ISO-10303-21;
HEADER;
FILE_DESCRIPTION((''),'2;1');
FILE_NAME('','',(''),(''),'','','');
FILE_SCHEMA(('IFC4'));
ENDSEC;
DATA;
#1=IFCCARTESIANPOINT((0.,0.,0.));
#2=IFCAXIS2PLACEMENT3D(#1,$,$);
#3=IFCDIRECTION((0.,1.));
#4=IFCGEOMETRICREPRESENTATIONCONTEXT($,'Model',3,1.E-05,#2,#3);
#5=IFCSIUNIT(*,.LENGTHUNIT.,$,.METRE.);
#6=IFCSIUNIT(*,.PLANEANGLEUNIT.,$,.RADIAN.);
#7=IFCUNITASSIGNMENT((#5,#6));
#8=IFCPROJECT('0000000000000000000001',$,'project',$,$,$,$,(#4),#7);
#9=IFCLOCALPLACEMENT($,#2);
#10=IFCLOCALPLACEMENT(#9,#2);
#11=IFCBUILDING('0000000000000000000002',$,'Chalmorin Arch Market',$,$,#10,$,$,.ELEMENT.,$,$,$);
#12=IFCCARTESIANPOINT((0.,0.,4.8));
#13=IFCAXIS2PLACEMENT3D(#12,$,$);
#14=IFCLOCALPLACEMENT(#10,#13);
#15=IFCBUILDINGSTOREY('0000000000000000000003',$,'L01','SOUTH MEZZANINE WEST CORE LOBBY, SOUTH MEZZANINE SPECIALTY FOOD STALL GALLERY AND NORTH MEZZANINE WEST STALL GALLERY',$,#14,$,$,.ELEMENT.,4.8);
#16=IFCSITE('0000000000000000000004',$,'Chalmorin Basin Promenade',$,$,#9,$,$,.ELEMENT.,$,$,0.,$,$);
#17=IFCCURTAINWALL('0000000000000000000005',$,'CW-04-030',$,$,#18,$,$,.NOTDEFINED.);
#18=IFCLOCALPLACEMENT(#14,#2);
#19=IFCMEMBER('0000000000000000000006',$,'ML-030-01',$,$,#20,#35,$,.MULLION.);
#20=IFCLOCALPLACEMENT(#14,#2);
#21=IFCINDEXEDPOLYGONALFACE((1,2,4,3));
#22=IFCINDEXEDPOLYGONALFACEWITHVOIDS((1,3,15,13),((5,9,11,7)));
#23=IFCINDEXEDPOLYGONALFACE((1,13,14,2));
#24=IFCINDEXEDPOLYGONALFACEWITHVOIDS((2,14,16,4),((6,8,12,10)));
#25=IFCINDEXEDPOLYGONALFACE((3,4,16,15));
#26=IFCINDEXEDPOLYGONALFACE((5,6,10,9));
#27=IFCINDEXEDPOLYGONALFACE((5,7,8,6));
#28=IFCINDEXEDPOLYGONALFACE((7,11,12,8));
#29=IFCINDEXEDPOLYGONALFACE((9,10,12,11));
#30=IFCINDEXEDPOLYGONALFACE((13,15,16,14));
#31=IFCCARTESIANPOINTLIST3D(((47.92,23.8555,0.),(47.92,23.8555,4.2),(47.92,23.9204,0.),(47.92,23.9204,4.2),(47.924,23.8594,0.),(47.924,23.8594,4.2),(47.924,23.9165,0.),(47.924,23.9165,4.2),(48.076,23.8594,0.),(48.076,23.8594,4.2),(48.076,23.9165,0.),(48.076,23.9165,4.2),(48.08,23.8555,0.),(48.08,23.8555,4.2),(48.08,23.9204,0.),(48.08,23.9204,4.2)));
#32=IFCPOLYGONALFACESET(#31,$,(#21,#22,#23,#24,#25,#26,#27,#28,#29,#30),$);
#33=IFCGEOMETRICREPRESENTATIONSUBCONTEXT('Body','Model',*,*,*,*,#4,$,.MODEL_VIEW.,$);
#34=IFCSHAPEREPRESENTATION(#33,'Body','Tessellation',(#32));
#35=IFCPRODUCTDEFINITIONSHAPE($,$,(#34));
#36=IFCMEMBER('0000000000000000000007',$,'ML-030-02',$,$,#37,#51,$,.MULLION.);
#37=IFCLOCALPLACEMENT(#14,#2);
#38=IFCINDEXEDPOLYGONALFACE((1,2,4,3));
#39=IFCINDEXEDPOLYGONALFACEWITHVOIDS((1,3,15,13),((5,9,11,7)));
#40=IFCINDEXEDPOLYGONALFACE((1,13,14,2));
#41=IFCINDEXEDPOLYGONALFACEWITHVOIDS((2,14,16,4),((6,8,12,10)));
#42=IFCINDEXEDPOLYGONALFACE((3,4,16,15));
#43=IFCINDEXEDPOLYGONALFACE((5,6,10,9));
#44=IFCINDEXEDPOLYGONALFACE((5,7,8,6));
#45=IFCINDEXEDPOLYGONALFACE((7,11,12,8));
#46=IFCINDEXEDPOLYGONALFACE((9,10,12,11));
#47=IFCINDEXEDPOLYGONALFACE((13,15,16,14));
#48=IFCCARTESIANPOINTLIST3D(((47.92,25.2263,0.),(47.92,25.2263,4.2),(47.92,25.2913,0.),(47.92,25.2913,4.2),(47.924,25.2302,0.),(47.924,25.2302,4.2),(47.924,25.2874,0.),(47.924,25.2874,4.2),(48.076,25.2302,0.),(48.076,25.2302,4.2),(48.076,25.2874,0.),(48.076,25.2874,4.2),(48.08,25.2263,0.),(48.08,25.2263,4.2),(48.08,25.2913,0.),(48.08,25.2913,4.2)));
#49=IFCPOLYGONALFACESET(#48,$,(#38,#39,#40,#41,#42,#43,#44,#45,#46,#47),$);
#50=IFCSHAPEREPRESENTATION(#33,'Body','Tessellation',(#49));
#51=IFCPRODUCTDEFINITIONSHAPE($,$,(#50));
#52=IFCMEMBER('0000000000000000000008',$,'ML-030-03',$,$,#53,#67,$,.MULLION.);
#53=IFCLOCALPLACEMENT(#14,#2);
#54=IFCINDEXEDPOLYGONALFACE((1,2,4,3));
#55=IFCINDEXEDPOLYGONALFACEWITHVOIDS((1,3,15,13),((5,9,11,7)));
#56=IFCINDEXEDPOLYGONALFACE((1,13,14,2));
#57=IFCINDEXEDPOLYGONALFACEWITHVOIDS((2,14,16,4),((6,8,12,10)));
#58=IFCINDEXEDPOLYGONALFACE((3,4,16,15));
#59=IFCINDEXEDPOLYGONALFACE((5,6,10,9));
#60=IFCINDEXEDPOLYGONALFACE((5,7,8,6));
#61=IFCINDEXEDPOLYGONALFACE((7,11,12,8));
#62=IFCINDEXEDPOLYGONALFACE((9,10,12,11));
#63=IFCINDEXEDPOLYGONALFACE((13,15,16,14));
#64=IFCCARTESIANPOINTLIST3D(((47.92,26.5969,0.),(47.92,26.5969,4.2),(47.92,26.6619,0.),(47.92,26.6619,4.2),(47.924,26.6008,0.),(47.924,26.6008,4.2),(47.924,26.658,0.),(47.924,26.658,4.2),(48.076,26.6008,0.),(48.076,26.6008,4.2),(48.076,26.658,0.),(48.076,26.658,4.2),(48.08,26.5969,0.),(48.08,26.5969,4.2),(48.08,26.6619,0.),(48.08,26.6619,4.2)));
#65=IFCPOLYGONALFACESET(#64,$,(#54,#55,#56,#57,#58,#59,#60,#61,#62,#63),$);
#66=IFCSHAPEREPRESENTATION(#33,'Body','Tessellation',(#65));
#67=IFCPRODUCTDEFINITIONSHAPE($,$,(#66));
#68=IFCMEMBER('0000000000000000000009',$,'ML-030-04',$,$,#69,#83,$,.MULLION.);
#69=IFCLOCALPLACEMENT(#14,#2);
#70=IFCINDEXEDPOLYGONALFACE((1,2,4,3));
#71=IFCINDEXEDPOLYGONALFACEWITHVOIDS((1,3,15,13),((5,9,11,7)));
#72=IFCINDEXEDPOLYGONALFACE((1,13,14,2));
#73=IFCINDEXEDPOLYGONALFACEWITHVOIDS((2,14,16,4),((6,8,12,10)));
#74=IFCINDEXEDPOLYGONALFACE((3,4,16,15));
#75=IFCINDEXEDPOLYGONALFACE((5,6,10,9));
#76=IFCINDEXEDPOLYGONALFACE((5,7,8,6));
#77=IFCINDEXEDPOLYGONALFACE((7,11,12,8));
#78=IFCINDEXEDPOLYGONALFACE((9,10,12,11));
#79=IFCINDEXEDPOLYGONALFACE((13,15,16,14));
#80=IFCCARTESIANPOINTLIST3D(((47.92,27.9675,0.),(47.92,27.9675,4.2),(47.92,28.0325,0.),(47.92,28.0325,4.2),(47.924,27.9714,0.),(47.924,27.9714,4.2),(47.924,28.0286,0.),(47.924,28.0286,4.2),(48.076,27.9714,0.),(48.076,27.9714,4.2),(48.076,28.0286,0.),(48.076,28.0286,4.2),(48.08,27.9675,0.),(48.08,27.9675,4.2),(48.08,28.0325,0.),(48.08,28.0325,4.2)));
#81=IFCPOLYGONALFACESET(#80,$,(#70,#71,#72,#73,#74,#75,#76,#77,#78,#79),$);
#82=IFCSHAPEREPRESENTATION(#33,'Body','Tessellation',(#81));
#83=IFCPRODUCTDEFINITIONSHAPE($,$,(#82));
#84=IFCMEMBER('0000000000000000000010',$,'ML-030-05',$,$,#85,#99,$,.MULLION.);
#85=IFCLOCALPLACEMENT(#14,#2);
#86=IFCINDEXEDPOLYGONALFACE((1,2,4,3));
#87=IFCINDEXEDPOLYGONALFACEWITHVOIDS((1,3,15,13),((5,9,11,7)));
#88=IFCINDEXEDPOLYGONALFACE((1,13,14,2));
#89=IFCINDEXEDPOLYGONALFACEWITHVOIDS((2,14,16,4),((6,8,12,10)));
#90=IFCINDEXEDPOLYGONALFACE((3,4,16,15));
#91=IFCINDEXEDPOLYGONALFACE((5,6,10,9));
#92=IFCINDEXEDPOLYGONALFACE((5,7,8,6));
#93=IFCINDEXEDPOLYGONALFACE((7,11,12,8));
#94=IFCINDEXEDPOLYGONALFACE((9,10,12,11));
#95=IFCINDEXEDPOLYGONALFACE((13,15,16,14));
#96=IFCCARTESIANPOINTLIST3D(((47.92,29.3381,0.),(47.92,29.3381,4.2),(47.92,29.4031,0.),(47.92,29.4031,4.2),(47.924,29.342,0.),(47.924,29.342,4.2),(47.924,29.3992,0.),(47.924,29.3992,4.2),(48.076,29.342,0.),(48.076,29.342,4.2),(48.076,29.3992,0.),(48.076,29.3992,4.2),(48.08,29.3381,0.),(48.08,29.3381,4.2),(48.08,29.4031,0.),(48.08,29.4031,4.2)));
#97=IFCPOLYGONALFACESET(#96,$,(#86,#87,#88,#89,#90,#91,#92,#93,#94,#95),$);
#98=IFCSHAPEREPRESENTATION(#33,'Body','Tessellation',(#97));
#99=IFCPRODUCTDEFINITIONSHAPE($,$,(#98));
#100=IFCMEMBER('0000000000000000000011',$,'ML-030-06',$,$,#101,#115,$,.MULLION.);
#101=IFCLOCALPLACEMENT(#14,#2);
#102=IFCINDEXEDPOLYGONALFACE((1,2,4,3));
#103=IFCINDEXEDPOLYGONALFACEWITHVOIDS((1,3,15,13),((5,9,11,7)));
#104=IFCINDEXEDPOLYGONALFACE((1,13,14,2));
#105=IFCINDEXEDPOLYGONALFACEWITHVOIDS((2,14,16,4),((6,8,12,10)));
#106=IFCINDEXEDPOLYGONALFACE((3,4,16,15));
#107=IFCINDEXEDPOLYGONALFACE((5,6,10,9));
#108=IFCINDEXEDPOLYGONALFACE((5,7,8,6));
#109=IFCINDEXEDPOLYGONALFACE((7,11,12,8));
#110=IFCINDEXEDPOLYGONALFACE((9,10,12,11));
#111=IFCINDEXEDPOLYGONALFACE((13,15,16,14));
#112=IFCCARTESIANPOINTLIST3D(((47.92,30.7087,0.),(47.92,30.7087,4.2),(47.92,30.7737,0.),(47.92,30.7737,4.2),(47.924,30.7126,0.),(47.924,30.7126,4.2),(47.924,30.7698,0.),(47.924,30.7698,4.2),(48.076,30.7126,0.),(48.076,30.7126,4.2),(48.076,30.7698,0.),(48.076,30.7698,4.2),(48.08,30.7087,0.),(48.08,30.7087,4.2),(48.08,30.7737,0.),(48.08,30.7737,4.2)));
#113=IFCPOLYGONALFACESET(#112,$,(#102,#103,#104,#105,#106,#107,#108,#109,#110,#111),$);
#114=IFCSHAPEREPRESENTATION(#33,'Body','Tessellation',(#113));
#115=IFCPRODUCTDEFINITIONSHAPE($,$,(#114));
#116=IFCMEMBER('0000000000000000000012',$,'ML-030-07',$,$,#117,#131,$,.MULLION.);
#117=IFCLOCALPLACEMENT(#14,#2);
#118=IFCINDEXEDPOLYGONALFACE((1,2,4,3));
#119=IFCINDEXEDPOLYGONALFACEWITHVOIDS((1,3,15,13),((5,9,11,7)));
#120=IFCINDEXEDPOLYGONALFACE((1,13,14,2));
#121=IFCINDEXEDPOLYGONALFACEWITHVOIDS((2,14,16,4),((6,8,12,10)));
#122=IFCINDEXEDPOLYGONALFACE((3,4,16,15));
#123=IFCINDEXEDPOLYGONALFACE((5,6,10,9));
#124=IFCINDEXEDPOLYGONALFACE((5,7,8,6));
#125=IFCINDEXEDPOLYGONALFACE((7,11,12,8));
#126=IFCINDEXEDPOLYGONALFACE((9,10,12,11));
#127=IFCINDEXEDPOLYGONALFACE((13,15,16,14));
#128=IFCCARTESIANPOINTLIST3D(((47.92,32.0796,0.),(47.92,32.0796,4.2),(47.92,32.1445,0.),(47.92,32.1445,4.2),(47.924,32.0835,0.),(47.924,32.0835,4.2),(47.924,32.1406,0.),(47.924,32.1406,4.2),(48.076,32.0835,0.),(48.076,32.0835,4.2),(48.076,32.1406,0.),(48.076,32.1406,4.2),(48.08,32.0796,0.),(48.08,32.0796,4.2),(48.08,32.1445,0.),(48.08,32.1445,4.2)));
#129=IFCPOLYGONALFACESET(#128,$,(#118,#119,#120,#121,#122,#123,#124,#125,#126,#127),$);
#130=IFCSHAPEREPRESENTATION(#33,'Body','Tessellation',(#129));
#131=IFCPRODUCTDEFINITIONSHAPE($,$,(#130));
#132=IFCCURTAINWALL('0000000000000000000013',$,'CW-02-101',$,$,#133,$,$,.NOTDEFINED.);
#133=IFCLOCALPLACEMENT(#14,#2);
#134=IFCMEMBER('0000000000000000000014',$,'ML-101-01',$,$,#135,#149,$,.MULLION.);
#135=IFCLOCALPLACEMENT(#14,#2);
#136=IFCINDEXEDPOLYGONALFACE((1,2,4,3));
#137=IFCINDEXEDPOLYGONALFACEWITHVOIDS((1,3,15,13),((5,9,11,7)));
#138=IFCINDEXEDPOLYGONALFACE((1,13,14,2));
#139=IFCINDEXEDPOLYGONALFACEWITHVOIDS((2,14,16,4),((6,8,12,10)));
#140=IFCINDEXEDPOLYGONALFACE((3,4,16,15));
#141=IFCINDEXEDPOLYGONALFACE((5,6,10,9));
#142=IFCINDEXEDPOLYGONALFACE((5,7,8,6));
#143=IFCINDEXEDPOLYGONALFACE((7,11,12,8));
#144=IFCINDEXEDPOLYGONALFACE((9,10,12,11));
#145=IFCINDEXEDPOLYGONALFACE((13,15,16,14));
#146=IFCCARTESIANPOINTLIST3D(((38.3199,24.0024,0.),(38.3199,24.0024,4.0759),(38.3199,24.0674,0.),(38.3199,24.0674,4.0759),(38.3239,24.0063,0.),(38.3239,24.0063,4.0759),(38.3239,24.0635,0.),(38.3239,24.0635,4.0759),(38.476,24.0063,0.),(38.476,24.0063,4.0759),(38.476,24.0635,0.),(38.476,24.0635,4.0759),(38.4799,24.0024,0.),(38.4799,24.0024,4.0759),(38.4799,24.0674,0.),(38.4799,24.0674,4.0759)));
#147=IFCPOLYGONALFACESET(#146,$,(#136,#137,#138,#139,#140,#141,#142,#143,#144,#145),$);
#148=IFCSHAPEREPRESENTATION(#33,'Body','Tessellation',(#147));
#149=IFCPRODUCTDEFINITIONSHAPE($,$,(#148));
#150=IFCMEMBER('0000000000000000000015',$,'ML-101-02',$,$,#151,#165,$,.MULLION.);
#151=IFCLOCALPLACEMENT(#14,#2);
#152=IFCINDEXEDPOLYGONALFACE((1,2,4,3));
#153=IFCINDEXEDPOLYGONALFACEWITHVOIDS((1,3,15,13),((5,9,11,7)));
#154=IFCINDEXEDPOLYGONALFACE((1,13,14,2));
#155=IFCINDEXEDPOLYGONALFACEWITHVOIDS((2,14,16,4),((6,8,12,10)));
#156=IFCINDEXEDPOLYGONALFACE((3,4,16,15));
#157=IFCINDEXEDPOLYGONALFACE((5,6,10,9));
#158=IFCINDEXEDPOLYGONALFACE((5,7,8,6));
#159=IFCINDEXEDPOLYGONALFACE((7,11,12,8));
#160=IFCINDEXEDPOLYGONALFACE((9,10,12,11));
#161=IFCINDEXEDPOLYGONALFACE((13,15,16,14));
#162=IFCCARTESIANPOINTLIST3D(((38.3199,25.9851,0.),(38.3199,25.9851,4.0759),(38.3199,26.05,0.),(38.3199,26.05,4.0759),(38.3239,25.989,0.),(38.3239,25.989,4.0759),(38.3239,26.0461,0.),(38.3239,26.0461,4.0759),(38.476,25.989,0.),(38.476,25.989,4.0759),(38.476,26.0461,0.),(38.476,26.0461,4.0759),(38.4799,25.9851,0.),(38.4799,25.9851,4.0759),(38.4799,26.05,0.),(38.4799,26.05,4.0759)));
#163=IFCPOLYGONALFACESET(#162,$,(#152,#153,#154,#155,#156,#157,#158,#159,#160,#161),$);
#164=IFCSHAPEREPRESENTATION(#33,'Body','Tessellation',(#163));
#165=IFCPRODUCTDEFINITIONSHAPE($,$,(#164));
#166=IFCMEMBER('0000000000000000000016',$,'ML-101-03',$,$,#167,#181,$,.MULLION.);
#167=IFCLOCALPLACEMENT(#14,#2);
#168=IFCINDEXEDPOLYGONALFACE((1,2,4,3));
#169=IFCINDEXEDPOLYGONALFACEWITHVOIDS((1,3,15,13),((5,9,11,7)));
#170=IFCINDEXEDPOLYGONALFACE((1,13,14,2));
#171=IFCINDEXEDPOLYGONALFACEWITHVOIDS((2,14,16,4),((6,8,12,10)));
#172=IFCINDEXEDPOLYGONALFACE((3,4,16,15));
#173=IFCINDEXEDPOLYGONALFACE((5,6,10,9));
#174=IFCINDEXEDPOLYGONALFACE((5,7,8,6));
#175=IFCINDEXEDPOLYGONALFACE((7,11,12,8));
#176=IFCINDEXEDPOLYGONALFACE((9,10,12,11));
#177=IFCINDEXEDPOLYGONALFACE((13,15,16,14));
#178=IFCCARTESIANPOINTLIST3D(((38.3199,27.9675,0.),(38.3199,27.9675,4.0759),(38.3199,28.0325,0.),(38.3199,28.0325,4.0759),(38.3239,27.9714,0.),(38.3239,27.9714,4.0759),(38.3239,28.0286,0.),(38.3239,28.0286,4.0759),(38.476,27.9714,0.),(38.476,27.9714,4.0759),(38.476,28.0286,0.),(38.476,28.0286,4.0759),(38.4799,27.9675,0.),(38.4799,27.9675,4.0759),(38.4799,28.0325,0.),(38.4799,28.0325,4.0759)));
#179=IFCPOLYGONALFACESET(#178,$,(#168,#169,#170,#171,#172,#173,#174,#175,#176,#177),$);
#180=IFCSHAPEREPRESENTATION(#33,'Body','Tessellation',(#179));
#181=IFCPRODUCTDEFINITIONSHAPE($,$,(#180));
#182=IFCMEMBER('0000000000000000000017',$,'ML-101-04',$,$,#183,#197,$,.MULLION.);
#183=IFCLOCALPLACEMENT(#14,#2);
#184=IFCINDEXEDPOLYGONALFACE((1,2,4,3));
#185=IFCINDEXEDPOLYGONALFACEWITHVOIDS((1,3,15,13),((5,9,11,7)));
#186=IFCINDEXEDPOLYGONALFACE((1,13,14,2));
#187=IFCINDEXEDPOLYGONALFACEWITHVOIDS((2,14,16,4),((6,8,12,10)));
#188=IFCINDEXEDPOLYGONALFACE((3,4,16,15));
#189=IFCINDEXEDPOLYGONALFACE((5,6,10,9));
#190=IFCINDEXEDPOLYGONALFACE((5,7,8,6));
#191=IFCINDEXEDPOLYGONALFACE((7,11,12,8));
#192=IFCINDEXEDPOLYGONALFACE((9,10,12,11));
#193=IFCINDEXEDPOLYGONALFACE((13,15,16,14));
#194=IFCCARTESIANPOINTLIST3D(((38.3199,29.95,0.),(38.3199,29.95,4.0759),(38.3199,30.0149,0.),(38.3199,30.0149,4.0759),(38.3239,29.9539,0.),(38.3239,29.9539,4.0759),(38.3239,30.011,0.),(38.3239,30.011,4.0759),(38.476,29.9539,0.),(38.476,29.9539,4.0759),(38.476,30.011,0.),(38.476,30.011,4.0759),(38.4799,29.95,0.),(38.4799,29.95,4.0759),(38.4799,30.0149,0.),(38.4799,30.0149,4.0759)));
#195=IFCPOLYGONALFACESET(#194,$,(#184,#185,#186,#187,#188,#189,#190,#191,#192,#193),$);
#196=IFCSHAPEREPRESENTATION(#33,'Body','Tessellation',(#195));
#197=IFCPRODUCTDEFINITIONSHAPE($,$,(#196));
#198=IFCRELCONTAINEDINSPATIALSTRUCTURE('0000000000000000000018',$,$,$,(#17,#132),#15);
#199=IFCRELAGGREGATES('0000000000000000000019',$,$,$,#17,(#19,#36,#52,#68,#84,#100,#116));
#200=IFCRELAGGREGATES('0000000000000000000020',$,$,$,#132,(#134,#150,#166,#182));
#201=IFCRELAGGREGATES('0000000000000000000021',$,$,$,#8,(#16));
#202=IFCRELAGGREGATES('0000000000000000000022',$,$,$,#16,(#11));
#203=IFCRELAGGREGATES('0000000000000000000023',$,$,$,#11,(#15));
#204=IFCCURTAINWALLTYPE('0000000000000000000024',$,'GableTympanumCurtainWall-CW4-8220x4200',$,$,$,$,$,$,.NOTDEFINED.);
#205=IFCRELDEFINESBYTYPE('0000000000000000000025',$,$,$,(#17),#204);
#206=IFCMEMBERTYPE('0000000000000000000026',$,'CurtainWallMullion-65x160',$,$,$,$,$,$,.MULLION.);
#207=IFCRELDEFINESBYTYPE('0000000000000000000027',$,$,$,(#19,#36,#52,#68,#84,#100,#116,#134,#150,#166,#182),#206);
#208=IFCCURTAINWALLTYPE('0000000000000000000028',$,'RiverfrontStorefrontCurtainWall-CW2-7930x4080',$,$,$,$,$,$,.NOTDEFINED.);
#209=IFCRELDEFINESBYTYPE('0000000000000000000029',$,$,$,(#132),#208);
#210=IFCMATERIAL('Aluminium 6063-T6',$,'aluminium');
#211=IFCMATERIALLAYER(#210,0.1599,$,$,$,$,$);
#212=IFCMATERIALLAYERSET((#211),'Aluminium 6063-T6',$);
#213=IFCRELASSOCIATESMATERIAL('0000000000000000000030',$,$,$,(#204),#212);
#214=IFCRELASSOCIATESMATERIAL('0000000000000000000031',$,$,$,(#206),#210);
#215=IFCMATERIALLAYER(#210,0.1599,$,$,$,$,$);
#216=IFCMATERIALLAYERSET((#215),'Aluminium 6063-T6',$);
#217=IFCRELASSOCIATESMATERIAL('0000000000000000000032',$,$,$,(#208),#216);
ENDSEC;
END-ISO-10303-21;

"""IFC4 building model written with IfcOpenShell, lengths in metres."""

from ifc_helpers import new_model, si_unit, direction, frame, origin, origin_2d, place, context, subcontext, project, spatial, hollow_rectangle, extrude, material, layer, layer_set, material_profile, profile_set, type_object, element, aggregate, save


model = new_model("IFC4")

# Units and contexts
model_context = context("Model", 3, precision=1e-05, world=origin(), true_north=direction((0.0, 1.0)))
body_context = subcontext(model_context, "Body", "Model", "MODEL_VIEW")
ifc_project = project(units=[si_unit("LENGTHUNIT", "METRE"), si_unit("PLANEANGLEUNIT", "RADIAN")], contexts=[model_context])

# Site, building, storey
site_placement = place(None, origin())
site = spatial("IfcSite", under=ifc_project, at=site_placement, Name="Chalmorin Basin Promenade", CompositionType="ELEMENT", RefElevation=0.0)
building_placement = place(site_placement, origin())
building = spatial("IfcBuilding", under=site, at=building_placement, Name="Chalmorin Arch Market", CompositionType="ELEMENT")
storey_placement = place(building_placement, frame((0.0, 0.0, 4.8)))
storey = spatial("IfcBuildingStorey", under=building, at=storey_placement, Name="L01", Description="SOUTH MEZZANINE WEST CORE LOBBY, SOUTH MEZZANINE SPECIALTY FOOD STALL GALLERY AND NORTH MEZZANINE WEST STALL GALLERY", CompositionType="ELEMENT", Elevation=4.8)

# Curtain walls, members
ifc_material_1 = material(Name="Aluminium 6063-T6", Category="aluminium")
ifc_layer_1 = layer(ifc_material_1, 0.1599)
ifc_layer_set_1 = layer_set([ifc_layer_1], Name="Aluminium 6063-T6")
curtain_wall_type_1 = type_object("IfcCurtainWallType", Name="GableTympanumCurtainWall-CW4-8220x4200", PredefinedType="NOTDEFINED", material=ifc_layer_set_1)
curtain_wall_1_placement = place(storey_placement, origin())
curtain_wall_1 = element("IfcCurtainWall", 1, at=curtain_wall_1_placement, inside=storey, type_object=curtain_wall_type_1, Name="CW-04-030", PredefinedType="NOTDEFINED")
ifc_material_profile_1 = material_profile(ifc_material_1, hollow_rectangle(XDim=0.0649, YDim=0.1599, WallThickness=0.0039, at=origin_2d()), Name="ALU65X160X4")
ifc_profile_set_1 = profile_set([ifc_material_profile_1], Name="Aluminium 6063-T6")
member_type_1 = type_object("IfcMemberType", Name="CurtainWallMullion-65x160", PredefinedType="MULLION", material=ifc_profile_set_1)
member_1_placement = place(storey_placement, frame((48.0, 23.8879, 0.0), z_axis=(0.0, 0.0, 1.0), x_axis=(0.0, 1.0, 0.0)))
member_1 = element("IfcMember", 2, at=member_1_placement, type_object=member_type_1, Name="ML-030-01", PredefinedType="MULLION", context=body_context, shape_type="SweptSolid", body=[
    extrude(hollow_rectangle(XDim=0.0649, YDim=0.1599, WallThickness=0.0039, at=origin_2d()), origin(), (0.0, 0.0, 1.0), 4.2),
])
member_2_placement = place(storey_placement, frame((48.0, 25.2588, 0.0), z_axis=(0.0, 0.0, 1.0), x_axis=(0.0, 1.0, 0.0)))
member_2 = element("IfcMember", 3, at=member_2_placement, type_object=member_type_1, Name="ML-030-02", PredefinedType="MULLION", context=body_context, shape_type="SweptSolid", body=[
    extrude(hollow_rectangle(XDim=0.0649, YDim=0.1599, WallThickness=0.0039, at=origin_2d()), origin(), (0.0, 0.0, 1.0), 4.2),
])
member_3_placement = place(storey_placement, frame((48.0, 26.6294, 0.0), z_axis=(0.0, 0.0, 1.0), x_axis=(0.0, 1.0, 0.0)))
member_3 = element("IfcMember", 4, at=member_3_placement, type_object=member_type_1, Name="ML-030-03", PredefinedType="MULLION", context=body_context, shape_type="SweptSolid", body=[
    extrude(hollow_rectangle(XDim=0.0649, YDim=0.1599, WallThickness=0.0039, at=origin_2d()), origin(), (0.0, 0.0, 1.0), 4.2),
])
member_4_placement = place(storey_placement, frame((48.0, 28.0, 0.0), z_axis=(0.0, 0.0, 1.0), x_axis=(0.0, 1.0, 0.0)))
member_4 = element("IfcMember", 5, at=member_4_placement, type_object=member_type_1, Name="ML-030-04", PredefinedType="MULLION", context=body_context, shape_type="SweptSolid", body=[
    extrude(hollow_rectangle(XDim=0.0649, YDim=0.1599, WallThickness=0.0039, at=origin_2d()), origin(), (0.0, 0.0, 1.0), 4.2),
])
member_5_placement = place(storey_placement, frame((48.0, 29.3706, 0.0), z_axis=(0.0, 0.0, 1.0), x_axis=(0.0, 1.0, 0.0)))
member_5 = element("IfcMember", 6, at=member_5_placement, type_object=member_type_1, Name="ML-030-05", PredefinedType="MULLION", context=body_context, shape_type="SweptSolid", body=[
    extrude(hollow_rectangle(XDim=0.0649, YDim=0.1599, WallThickness=0.0039, at=origin_2d()), origin(), (0.0, 0.0, 1.0), 4.2),
])
member_6_placement = place(storey_placement, frame((48.0, 30.7412, 0.0), z_axis=(0.0, 0.0, 1.0), x_axis=(0.0, 1.0, 0.0)))
member_6 = element("IfcMember", 7, at=member_6_placement, type_object=member_type_1, Name="ML-030-06", PredefinedType="MULLION", context=body_context, shape_type="SweptSolid", body=[
    extrude(hollow_rectangle(XDim=0.0649, YDim=0.1599, WallThickness=0.0039, at=origin_2d()), origin(), (0.0, 0.0, 1.0), 4.2),
])
member_7_placement = place(storey_placement, frame((48.0, 32.1121, 0.0), z_axis=(0.0, 0.0, 1.0), x_axis=(0.0, 1.0, 0.0)))
member_7 = element("IfcMember", 8, at=member_7_placement, type_object=member_type_1, Name="ML-030-07", PredefinedType="MULLION", context=body_context, shape_type="SweptSolid", body=[
    extrude(hollow_rectangle(XDim=0.0649, YDim=0.1599, WallThickness=0.0039, at=origin_2d()), origin(), (0.0, 0.0, 1.0), 4.2),
])
ifc_layer_2 = layer(ifc_material_1, 0.1599)
ifc_layer_set_2 = layer_set([ifc_layer_2], Name="Aluminium 6063-T6")
curtain_wall_type_2 = type_object("IfcCurtainWallType", Name="RiverfrontStorefrontCurtainWall-CW2-7930x4080", PredefinedType="NOTDEFINED", material=ifc_layer_set_2)
curtain_wall_2_placement = place(storey_placement, origin())
curtain_wall_2 = element("IfcCurtainWall", 9, at=curtain_wall_2_placement, inside=storey, type_object=curtain_wall_type_2, Name="CW-02-101", PredefinedType="NOTDEFINED")
member_8_placement = place(storey_placement, frame((38.3999, 24.0349, 0.0), z_axis=(0.0, 0.0, 1.0), x_axis=(0.0, 1.0, 0.0)))
member_8 = element("IfcMember", 10, at=member_8_placement, type_object=member_type_1, Name="ML-101-01", PredefinedType="MULLION", context=body_context, shape_type="SweptSolid", body=[
    extrude(hollow_rectangle(XDim=0.0649, YDim=0.1599, WallThickness=0.0039, at=origin_2d()), origin(), (0.0, 0.0, 1.0), 4.0759),
])
member_9_placement = place(storey_placement, frame((38.3999, 26.0176, 0.0), z_axis=(0.0, 0.0, 1.0), x_axis=(0.0, 1.0, 0.0)))
member_9 = element("IfcMember", 11, at=member_9_placement, type_object=member_type_1, Name="ML-101-02", PredefinedType="MULLION", context=body_context, shape_type="SweptSolid", body=[
    extrude(hollow_rectangle(XDim=0.0649, YDim=0.1599, WallThickness=0.0039, at=origin_2d()), origin(), (0.0, 0.0, 1.0), 4.0759),
])
member_10_placement = place(storey_placement, frame((38.3999, 28.0, 0.0), z_axis=(0.0, 0.0, 1.0), x_axis=(0.0, 1.0, 0.0)))
member_10 = element("IfcMember", 12, at=member_10_placement, type_object=member_type_1, Name="ML-101-03", PredefinedType="MULLION", context=body_context, shape_type="SweptSolid", body=[
    extrude(hollow_rectangle(XDim=0.0649, YDim=0.1599, WallThickness=0.0039, at=origin_2d()), origin(), (0.0, 0.0, 1.0), 4.0759),
])
member_11_placement = place(storey_placement, frame((38.3999, 29.9824, 0.0), z_axis=(0.0, 0.0, 1.0), x_axis=(0.0, 1.0, 0.0)))
member_11 = element("IfcMember", 13, at=member_11_placement, type_object=member_type_1, Name="ML-101-04", PredefinedType="MULLION", context=body_context, shape_type="SweptSolid", body=[
    extrude(hollow_rectangle(XDim=0.0649, YDim=0.1599, WallThickness=0.0039, at=origin_2d()), origin(), (0.0, 0.0, 1.0), 4.0759),
])

aggregate(curtain_wall_1, [member_1, member_2, member_3, member_4, member_5, member_6, member_7])
aggregate(curtain_wall_2, [member_8, member_9, member_10, member_11])

save(model, "model.ifc")
